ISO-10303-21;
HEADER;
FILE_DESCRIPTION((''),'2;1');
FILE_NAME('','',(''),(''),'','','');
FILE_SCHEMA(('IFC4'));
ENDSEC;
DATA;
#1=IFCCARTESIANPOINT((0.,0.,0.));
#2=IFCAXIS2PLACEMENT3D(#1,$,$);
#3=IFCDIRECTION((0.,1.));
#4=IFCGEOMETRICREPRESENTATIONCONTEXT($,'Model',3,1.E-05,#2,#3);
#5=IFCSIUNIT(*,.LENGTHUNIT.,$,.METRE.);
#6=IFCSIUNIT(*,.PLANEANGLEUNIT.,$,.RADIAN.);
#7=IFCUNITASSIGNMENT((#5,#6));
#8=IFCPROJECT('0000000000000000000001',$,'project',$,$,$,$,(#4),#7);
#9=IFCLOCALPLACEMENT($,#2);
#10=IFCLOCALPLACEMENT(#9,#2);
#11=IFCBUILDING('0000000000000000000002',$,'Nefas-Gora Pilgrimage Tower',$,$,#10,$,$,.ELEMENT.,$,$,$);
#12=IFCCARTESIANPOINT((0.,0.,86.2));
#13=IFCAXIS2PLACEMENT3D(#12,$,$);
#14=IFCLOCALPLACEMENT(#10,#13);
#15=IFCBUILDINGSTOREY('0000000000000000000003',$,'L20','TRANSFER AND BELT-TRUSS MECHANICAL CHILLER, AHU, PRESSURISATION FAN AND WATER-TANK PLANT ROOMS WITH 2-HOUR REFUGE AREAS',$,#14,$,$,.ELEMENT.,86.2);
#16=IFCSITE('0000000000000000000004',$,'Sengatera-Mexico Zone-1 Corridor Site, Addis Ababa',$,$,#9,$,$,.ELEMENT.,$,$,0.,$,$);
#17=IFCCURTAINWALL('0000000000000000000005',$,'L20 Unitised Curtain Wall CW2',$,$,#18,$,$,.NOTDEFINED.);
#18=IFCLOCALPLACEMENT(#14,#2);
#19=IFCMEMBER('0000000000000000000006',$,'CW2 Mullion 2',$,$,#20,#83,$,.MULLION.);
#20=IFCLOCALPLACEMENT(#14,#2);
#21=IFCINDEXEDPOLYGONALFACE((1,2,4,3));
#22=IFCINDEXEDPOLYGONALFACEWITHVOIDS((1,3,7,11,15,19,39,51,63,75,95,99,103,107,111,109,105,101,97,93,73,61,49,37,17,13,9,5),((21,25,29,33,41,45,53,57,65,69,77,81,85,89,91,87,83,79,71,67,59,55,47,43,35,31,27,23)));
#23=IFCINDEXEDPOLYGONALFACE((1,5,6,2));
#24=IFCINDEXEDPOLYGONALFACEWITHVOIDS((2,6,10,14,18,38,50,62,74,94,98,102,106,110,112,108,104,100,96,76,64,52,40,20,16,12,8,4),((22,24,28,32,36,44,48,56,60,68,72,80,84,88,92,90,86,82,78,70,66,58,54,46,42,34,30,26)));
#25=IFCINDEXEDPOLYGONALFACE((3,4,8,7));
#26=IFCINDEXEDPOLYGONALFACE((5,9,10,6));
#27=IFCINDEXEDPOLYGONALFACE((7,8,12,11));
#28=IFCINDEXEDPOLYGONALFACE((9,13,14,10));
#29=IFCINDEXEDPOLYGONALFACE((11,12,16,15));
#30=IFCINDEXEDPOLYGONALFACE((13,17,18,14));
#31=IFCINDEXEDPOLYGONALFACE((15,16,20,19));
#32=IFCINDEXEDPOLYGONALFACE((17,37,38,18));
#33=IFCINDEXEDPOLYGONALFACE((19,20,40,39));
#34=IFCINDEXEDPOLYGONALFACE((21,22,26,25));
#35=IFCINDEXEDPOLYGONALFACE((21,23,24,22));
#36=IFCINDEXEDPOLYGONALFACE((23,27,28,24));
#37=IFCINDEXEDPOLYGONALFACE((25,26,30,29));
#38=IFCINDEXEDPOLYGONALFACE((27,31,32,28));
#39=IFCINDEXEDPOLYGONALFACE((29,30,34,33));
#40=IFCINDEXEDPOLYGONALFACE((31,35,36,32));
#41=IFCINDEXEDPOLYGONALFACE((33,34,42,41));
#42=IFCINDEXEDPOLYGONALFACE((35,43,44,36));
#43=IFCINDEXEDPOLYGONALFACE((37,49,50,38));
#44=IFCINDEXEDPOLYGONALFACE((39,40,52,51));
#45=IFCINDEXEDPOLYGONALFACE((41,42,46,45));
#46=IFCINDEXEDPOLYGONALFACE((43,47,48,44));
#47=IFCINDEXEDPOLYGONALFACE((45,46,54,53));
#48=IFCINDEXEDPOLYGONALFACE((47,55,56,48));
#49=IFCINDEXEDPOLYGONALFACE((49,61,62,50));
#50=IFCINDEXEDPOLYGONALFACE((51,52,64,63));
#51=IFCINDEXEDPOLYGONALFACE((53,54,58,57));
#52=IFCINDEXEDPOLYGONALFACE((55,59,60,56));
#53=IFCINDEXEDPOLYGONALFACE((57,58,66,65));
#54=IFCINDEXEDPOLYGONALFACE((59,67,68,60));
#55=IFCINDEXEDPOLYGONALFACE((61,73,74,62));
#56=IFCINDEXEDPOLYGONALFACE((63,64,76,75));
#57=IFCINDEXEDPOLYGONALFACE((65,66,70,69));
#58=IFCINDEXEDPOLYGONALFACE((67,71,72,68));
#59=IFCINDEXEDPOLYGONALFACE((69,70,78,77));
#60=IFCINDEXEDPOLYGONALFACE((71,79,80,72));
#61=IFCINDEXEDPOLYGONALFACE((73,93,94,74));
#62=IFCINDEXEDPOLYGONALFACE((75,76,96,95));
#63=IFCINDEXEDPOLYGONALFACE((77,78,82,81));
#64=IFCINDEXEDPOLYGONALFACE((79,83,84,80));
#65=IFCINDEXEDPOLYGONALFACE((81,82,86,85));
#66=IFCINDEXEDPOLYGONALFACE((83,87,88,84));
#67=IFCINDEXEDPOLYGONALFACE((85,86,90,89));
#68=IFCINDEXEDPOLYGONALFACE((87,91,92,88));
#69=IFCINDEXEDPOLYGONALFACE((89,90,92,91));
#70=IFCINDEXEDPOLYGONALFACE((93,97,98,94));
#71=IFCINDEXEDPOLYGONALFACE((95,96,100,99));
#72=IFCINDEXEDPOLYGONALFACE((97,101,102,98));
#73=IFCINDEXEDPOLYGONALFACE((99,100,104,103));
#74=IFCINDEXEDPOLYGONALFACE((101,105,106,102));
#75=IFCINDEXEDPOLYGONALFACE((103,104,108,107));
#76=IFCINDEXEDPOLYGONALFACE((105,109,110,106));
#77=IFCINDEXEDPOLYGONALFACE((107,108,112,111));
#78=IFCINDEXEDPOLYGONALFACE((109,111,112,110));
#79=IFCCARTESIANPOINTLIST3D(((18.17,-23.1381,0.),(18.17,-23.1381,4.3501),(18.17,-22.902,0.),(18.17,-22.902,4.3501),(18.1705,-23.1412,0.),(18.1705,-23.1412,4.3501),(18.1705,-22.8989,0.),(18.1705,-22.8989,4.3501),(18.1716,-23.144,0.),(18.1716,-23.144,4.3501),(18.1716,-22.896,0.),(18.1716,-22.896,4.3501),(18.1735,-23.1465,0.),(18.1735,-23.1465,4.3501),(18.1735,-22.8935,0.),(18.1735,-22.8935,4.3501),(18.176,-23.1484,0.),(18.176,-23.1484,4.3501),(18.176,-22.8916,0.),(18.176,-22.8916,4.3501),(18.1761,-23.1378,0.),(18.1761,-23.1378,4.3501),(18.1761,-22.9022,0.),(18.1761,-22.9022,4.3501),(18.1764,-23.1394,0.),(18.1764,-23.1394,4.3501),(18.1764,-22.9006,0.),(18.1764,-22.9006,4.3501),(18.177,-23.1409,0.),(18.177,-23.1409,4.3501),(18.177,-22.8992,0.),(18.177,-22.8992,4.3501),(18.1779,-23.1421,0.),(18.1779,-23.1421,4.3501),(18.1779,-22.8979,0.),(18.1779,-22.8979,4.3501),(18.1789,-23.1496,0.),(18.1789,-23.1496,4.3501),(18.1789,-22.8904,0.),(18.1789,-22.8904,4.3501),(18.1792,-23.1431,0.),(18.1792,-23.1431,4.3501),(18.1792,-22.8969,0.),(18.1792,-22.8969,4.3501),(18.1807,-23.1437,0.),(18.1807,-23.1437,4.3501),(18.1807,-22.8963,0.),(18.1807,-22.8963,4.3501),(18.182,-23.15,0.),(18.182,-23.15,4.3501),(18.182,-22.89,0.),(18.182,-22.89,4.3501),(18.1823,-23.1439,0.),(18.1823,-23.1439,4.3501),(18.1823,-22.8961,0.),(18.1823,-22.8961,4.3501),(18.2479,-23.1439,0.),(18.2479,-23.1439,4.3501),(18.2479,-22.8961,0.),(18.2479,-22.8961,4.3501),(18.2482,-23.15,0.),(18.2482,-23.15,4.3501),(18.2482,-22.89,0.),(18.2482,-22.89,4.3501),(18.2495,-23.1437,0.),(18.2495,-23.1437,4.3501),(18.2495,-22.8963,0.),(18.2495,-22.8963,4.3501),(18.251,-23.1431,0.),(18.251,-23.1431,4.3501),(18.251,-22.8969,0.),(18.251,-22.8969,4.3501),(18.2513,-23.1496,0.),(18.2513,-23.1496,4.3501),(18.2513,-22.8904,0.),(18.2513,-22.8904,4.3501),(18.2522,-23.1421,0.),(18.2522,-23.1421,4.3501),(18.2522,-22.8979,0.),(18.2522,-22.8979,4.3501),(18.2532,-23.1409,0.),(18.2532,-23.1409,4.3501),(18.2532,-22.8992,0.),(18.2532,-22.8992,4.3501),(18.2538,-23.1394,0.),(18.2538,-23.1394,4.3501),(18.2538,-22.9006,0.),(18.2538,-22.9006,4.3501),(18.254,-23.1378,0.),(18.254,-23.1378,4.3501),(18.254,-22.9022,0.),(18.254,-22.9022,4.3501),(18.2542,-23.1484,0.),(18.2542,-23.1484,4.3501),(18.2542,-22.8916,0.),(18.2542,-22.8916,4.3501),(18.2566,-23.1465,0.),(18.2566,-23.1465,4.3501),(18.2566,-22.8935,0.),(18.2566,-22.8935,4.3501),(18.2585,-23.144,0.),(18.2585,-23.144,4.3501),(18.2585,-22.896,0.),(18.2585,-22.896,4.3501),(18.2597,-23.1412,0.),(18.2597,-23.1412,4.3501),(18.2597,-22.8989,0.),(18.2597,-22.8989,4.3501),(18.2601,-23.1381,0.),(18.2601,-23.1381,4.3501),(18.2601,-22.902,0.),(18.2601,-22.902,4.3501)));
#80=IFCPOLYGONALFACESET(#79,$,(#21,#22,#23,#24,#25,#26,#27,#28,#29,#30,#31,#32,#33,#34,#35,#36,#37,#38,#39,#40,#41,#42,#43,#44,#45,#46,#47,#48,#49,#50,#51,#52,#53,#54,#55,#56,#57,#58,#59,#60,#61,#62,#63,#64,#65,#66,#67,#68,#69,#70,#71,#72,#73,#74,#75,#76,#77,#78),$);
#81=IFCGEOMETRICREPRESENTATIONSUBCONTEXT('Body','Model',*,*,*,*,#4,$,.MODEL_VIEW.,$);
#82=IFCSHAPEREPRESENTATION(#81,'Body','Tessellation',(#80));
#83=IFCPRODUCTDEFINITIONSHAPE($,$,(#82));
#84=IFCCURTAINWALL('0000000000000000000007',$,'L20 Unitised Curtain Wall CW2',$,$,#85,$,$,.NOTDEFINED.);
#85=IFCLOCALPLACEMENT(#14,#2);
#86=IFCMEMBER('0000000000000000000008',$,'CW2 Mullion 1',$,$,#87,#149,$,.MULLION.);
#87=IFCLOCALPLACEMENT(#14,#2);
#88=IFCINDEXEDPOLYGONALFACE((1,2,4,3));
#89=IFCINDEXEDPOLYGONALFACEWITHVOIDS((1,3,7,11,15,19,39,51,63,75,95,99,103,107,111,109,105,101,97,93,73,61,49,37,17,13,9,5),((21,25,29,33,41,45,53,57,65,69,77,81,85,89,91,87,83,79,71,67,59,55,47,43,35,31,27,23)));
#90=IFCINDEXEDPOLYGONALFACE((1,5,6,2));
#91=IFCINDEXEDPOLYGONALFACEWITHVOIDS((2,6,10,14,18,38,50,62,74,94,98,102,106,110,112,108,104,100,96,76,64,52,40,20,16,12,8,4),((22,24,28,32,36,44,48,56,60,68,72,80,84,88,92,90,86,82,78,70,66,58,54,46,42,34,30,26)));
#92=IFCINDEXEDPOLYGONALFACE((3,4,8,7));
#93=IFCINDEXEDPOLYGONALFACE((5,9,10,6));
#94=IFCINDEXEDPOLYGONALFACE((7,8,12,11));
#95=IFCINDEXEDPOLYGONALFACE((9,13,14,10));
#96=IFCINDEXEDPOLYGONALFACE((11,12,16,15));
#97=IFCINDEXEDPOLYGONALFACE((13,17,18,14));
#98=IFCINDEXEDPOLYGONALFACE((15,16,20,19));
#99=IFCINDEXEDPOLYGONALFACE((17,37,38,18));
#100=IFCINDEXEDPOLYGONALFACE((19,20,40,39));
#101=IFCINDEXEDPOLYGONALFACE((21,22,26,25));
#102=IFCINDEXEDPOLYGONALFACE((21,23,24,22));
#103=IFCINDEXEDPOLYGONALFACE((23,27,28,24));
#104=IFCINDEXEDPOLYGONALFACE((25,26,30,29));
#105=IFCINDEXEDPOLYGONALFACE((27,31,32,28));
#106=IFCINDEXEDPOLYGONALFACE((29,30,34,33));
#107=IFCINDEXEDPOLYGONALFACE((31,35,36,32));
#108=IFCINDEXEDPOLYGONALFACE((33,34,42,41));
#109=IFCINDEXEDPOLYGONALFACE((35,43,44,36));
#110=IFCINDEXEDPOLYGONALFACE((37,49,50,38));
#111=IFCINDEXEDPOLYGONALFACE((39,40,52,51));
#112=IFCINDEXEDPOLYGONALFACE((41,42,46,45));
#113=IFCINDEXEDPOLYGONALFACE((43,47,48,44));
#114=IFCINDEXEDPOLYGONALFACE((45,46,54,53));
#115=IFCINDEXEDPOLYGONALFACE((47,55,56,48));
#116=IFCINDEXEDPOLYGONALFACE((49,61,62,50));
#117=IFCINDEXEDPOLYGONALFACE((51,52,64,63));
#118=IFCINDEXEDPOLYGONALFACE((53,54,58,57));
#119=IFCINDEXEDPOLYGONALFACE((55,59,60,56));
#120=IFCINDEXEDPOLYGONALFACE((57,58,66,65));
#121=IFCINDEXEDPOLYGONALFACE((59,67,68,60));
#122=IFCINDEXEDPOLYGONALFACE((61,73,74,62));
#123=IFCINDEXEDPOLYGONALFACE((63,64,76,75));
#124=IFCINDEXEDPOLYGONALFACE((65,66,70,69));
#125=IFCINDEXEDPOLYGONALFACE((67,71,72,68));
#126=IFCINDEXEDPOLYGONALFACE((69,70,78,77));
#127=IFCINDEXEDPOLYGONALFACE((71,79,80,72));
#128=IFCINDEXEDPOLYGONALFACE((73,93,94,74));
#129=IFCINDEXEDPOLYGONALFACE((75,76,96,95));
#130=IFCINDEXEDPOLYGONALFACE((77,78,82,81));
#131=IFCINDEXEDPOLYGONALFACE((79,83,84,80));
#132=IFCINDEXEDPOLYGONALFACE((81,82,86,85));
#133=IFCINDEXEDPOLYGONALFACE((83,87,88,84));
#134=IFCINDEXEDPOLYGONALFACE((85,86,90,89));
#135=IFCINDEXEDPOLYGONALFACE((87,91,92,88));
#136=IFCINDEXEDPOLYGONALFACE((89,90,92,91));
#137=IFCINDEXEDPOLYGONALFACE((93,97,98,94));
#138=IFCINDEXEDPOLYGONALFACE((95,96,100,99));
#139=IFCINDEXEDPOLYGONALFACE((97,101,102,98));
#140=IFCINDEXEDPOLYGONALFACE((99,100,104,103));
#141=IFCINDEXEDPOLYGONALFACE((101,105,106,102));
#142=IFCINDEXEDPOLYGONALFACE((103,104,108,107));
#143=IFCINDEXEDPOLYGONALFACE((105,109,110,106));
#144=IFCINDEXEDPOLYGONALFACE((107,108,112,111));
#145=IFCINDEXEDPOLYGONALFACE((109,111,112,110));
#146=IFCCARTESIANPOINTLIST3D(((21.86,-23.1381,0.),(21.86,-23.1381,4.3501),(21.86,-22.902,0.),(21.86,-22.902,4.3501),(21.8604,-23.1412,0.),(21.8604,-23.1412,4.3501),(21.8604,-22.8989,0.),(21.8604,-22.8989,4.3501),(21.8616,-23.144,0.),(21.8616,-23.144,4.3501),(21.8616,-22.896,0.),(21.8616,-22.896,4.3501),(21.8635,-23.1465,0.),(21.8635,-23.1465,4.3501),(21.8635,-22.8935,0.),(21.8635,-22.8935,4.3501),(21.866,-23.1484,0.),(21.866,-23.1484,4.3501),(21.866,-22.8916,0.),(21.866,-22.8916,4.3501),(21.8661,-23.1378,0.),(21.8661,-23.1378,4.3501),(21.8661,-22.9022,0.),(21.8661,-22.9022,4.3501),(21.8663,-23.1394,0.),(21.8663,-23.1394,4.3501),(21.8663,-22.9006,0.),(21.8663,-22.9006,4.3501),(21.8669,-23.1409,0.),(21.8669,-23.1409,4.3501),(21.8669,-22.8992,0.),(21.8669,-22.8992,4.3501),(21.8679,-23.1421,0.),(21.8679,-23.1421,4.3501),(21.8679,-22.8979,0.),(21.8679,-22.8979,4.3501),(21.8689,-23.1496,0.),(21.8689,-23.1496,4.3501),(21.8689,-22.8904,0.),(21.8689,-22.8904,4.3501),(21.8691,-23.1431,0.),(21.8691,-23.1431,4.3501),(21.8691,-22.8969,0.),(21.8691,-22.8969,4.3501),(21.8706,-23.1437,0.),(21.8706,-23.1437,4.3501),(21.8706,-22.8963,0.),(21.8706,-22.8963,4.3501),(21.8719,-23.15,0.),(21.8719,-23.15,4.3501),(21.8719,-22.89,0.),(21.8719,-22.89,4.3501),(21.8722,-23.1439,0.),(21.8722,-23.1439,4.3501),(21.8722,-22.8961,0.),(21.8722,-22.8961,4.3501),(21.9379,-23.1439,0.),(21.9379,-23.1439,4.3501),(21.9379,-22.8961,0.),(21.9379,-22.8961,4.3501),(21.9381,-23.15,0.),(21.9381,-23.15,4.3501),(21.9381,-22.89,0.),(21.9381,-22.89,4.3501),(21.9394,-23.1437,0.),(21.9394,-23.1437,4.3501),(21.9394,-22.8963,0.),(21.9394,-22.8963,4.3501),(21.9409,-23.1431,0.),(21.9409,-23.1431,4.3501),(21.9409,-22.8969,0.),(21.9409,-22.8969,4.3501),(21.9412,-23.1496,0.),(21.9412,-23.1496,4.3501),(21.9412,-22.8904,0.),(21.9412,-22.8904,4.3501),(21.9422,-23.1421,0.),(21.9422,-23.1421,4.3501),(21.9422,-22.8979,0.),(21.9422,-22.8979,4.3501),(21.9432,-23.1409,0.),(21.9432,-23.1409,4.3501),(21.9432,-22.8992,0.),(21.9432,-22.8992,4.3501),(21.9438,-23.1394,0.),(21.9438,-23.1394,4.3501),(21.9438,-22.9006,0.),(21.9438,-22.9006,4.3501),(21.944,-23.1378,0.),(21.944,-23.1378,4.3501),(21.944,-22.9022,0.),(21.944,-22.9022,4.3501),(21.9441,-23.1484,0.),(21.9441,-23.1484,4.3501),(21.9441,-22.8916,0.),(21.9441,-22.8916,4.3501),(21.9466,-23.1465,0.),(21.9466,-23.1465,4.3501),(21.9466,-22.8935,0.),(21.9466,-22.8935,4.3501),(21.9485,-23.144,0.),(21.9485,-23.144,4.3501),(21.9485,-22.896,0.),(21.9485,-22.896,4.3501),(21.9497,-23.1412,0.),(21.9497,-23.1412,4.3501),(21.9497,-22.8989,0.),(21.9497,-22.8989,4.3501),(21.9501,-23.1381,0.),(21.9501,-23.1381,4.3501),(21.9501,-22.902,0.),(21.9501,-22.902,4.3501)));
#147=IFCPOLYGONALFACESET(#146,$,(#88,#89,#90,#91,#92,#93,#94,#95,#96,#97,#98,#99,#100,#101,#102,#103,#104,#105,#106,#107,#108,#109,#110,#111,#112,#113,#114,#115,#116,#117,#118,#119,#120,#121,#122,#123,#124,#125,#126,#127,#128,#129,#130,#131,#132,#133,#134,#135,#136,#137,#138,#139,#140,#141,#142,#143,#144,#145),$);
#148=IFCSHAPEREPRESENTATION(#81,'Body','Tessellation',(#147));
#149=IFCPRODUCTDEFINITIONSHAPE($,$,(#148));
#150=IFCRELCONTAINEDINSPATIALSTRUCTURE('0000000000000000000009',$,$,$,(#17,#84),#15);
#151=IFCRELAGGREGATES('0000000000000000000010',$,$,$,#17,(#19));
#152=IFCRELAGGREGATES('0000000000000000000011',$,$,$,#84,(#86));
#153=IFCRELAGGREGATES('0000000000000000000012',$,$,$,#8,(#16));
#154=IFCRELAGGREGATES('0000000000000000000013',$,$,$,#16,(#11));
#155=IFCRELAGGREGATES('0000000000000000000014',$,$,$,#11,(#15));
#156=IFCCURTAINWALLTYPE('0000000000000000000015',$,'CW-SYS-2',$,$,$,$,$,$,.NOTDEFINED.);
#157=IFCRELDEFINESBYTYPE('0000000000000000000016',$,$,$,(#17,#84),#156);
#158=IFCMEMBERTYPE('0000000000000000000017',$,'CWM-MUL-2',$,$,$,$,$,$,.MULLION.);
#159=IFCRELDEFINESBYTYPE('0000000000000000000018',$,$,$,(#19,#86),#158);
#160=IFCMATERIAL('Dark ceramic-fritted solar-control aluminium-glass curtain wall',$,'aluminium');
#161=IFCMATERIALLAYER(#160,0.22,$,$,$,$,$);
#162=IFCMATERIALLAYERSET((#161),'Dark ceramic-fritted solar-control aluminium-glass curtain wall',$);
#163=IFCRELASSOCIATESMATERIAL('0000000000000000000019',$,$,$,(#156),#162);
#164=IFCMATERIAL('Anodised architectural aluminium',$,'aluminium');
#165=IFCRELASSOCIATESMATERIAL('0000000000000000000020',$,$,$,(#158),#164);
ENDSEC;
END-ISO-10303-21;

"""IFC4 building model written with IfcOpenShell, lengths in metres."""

from ifc_helpers import new_model, si_unit, direction, frame, origin, origin_2d, place, context, subcontext, project, spatial, hollow_rectangle, extrude, source, transform, mapped, material, layer, layer_set, material_profile, profile_set, type_object, element, aggregate, save


model = new_model("IFC4")

# Units and contexts
model_context = context("Model", 3, precision=1e-05, world=origin(), true_north=direction((0.0, 1.0)))
body_context = subcontext(model_context, "Body", "Model", "MODEL_VIEW")
ifc_project = project(units=[si_unit("LENGTHUNIT", "METRE"), si_unit("PLANEANGLEUNIT", "RADIAN")], contexts=[model_context])

# Site, building, storey
site_placement = place(None, origin())
site = spatial("IfcSite", under=ifc_project, at=site_placement, Name="Sengatera-Mexico Zone-1 Corridor Site, Addis Ababa", CompositionType="ELEMENT", RefElevation=0.0)
building_placement = place(site_placement, origin())
building = spatial("IfcBuilding", under=site, at=building_placement, Name="Nefas-Gora Pilgrimage Tower", CompositionType="ELEMENT")
storey_placement = place(building_placement, frame((0.0, 0.0, 86.2)))
storey = spatial("IfcBuildingStorey", under=building, at=storey_placement, Name="L20", Description="TRANSFER AND BELT-TRUSS MECHANICAL CHILLER, AHU, PRESSURISATION FAN AND WATER-TANK PLANT ROOMS WITH 2-HOUR REFUGE AREAS", CompositionType="ELEMENT", Elevation=86.2)

# Curtain wall, member
ifc_material_1 = material(Name="Dark ceramic-fritted solar-control aluminium-glass curtain wall", Category="aluminium")
ifc_layer_1 = layer(ifc_material_1, 0.22)
ifc_layer_set_1 = layer_set([ifc_layer_1], Name="Dark ceramic-fritted solar-control aluminium-glass curtain wall")
curtain_wall_type = type_object("IfcCurtainWallType", Name="CW-SYS-2", PredefinedType="NOTDEFINED", material=ifc_layer_set_1)
curtain_wall_1_placement = place(storey_placement, origin())
curtain_wall_1 = element("IfcCurtainWall", 1, at=curtain_wall_1_placement, inside=storey, type_object=curtain_wall_type, Name="L20 Unitised Curtain Wall CW2", PredefinedType="NOTDEFINED")
ifc_material_2 = material(Name="Anodised architectural aluminium", Category="aluminium")
ifc_material_profile_1 = material_profile(ifc_material_2, hollow_rectangle(XDim=0.0901, YDim=0.26, WallThickness=0.0061, InnerFilletRadius=0.0061, OuterFilletRadius=0.012, at=origin_2d()), Name="ALU MULLION 90x260")
ifc_profile_set_1 = profile_set([ifc_material_profile_1], Name="Anodised architectural aluminium")
member_type_1 = type_object("IfcMemberType", Name="CWM-MUL-2", PredefinedType="MULLION", material=ifc_profile_set_1)
shared_shape_1 = source(origin(), body_context, "Body", "SweptSolid", [
    extrude(hollow_rectangle(XDim=0.0901, YDim=0.26, WallThickness=0.0061, InnerFilletRadius=0.0061, OuterFilletRadius=0.012, at=origin_2d()), origin(), (0.0, 0.0, 1.0), 4.3501),
])
member_1_placement = place(storey_placement, frame((18.2151, -23.02, 0.0), z_axis=(0.0, 0.0, 1.0), x_axis=(1.0, 0.0, 0.0)))
member_1 = element("IfcMember", 2, at=member_1_placement, type_object=member_type_1, Name="CW2 Mullion 2", PredefinedType="MULLION", context=body_context, shape_type="MappedRepresentation", body=[
    mapped(shared_shape_1, transform((0.0, 0.0, 0.0), x_axis=(1.0, 0.0, 0.0), y_axis=(0.0, 1.0, 0.0), z_axis=(0.0, 0.0, 1.0), scale=1.0)),
])
aggregate(curtain_wall_1, [member_1])

# Curtain wall, member
curtain_wall_2_placement = place(storey_placement, origin())
curtain_wall_2 = element("IfcCurtainWall", 3, at=curtain_wall_2_placement, inside=storey, type_object=curtain_wall_type, Name="L20 Unitised Curtain Wall CW2", PredefinedType="NOTDEFINED")
member_2_placement = place(storey_placement, frame((21.905, -23.02, 0.0), z_axis=(0.0, 0.0, 1.0), x_axis=(1.0, 0.0, 0.0)))
member_2 = element("IfcMember", 4, at=member_2_placement, type_object=member_type_1, Name="CW2 Mullion 1", PredefinedType="MULLION", context=body_context, shape_type="MappedRepresentation", body=[
    mapped(shared_shape_1, transform((0.0, 0.0, 0.0), x_axis=(1.0, 0.0, 0.0), y_axis=(0.0, 1.0, 0.0), z_axis=(0.0, 0.0, 1.0), scale=1.0)),
])

aggregate(curtain_wall_2, [member_2])

save(model, "model.ifc")
